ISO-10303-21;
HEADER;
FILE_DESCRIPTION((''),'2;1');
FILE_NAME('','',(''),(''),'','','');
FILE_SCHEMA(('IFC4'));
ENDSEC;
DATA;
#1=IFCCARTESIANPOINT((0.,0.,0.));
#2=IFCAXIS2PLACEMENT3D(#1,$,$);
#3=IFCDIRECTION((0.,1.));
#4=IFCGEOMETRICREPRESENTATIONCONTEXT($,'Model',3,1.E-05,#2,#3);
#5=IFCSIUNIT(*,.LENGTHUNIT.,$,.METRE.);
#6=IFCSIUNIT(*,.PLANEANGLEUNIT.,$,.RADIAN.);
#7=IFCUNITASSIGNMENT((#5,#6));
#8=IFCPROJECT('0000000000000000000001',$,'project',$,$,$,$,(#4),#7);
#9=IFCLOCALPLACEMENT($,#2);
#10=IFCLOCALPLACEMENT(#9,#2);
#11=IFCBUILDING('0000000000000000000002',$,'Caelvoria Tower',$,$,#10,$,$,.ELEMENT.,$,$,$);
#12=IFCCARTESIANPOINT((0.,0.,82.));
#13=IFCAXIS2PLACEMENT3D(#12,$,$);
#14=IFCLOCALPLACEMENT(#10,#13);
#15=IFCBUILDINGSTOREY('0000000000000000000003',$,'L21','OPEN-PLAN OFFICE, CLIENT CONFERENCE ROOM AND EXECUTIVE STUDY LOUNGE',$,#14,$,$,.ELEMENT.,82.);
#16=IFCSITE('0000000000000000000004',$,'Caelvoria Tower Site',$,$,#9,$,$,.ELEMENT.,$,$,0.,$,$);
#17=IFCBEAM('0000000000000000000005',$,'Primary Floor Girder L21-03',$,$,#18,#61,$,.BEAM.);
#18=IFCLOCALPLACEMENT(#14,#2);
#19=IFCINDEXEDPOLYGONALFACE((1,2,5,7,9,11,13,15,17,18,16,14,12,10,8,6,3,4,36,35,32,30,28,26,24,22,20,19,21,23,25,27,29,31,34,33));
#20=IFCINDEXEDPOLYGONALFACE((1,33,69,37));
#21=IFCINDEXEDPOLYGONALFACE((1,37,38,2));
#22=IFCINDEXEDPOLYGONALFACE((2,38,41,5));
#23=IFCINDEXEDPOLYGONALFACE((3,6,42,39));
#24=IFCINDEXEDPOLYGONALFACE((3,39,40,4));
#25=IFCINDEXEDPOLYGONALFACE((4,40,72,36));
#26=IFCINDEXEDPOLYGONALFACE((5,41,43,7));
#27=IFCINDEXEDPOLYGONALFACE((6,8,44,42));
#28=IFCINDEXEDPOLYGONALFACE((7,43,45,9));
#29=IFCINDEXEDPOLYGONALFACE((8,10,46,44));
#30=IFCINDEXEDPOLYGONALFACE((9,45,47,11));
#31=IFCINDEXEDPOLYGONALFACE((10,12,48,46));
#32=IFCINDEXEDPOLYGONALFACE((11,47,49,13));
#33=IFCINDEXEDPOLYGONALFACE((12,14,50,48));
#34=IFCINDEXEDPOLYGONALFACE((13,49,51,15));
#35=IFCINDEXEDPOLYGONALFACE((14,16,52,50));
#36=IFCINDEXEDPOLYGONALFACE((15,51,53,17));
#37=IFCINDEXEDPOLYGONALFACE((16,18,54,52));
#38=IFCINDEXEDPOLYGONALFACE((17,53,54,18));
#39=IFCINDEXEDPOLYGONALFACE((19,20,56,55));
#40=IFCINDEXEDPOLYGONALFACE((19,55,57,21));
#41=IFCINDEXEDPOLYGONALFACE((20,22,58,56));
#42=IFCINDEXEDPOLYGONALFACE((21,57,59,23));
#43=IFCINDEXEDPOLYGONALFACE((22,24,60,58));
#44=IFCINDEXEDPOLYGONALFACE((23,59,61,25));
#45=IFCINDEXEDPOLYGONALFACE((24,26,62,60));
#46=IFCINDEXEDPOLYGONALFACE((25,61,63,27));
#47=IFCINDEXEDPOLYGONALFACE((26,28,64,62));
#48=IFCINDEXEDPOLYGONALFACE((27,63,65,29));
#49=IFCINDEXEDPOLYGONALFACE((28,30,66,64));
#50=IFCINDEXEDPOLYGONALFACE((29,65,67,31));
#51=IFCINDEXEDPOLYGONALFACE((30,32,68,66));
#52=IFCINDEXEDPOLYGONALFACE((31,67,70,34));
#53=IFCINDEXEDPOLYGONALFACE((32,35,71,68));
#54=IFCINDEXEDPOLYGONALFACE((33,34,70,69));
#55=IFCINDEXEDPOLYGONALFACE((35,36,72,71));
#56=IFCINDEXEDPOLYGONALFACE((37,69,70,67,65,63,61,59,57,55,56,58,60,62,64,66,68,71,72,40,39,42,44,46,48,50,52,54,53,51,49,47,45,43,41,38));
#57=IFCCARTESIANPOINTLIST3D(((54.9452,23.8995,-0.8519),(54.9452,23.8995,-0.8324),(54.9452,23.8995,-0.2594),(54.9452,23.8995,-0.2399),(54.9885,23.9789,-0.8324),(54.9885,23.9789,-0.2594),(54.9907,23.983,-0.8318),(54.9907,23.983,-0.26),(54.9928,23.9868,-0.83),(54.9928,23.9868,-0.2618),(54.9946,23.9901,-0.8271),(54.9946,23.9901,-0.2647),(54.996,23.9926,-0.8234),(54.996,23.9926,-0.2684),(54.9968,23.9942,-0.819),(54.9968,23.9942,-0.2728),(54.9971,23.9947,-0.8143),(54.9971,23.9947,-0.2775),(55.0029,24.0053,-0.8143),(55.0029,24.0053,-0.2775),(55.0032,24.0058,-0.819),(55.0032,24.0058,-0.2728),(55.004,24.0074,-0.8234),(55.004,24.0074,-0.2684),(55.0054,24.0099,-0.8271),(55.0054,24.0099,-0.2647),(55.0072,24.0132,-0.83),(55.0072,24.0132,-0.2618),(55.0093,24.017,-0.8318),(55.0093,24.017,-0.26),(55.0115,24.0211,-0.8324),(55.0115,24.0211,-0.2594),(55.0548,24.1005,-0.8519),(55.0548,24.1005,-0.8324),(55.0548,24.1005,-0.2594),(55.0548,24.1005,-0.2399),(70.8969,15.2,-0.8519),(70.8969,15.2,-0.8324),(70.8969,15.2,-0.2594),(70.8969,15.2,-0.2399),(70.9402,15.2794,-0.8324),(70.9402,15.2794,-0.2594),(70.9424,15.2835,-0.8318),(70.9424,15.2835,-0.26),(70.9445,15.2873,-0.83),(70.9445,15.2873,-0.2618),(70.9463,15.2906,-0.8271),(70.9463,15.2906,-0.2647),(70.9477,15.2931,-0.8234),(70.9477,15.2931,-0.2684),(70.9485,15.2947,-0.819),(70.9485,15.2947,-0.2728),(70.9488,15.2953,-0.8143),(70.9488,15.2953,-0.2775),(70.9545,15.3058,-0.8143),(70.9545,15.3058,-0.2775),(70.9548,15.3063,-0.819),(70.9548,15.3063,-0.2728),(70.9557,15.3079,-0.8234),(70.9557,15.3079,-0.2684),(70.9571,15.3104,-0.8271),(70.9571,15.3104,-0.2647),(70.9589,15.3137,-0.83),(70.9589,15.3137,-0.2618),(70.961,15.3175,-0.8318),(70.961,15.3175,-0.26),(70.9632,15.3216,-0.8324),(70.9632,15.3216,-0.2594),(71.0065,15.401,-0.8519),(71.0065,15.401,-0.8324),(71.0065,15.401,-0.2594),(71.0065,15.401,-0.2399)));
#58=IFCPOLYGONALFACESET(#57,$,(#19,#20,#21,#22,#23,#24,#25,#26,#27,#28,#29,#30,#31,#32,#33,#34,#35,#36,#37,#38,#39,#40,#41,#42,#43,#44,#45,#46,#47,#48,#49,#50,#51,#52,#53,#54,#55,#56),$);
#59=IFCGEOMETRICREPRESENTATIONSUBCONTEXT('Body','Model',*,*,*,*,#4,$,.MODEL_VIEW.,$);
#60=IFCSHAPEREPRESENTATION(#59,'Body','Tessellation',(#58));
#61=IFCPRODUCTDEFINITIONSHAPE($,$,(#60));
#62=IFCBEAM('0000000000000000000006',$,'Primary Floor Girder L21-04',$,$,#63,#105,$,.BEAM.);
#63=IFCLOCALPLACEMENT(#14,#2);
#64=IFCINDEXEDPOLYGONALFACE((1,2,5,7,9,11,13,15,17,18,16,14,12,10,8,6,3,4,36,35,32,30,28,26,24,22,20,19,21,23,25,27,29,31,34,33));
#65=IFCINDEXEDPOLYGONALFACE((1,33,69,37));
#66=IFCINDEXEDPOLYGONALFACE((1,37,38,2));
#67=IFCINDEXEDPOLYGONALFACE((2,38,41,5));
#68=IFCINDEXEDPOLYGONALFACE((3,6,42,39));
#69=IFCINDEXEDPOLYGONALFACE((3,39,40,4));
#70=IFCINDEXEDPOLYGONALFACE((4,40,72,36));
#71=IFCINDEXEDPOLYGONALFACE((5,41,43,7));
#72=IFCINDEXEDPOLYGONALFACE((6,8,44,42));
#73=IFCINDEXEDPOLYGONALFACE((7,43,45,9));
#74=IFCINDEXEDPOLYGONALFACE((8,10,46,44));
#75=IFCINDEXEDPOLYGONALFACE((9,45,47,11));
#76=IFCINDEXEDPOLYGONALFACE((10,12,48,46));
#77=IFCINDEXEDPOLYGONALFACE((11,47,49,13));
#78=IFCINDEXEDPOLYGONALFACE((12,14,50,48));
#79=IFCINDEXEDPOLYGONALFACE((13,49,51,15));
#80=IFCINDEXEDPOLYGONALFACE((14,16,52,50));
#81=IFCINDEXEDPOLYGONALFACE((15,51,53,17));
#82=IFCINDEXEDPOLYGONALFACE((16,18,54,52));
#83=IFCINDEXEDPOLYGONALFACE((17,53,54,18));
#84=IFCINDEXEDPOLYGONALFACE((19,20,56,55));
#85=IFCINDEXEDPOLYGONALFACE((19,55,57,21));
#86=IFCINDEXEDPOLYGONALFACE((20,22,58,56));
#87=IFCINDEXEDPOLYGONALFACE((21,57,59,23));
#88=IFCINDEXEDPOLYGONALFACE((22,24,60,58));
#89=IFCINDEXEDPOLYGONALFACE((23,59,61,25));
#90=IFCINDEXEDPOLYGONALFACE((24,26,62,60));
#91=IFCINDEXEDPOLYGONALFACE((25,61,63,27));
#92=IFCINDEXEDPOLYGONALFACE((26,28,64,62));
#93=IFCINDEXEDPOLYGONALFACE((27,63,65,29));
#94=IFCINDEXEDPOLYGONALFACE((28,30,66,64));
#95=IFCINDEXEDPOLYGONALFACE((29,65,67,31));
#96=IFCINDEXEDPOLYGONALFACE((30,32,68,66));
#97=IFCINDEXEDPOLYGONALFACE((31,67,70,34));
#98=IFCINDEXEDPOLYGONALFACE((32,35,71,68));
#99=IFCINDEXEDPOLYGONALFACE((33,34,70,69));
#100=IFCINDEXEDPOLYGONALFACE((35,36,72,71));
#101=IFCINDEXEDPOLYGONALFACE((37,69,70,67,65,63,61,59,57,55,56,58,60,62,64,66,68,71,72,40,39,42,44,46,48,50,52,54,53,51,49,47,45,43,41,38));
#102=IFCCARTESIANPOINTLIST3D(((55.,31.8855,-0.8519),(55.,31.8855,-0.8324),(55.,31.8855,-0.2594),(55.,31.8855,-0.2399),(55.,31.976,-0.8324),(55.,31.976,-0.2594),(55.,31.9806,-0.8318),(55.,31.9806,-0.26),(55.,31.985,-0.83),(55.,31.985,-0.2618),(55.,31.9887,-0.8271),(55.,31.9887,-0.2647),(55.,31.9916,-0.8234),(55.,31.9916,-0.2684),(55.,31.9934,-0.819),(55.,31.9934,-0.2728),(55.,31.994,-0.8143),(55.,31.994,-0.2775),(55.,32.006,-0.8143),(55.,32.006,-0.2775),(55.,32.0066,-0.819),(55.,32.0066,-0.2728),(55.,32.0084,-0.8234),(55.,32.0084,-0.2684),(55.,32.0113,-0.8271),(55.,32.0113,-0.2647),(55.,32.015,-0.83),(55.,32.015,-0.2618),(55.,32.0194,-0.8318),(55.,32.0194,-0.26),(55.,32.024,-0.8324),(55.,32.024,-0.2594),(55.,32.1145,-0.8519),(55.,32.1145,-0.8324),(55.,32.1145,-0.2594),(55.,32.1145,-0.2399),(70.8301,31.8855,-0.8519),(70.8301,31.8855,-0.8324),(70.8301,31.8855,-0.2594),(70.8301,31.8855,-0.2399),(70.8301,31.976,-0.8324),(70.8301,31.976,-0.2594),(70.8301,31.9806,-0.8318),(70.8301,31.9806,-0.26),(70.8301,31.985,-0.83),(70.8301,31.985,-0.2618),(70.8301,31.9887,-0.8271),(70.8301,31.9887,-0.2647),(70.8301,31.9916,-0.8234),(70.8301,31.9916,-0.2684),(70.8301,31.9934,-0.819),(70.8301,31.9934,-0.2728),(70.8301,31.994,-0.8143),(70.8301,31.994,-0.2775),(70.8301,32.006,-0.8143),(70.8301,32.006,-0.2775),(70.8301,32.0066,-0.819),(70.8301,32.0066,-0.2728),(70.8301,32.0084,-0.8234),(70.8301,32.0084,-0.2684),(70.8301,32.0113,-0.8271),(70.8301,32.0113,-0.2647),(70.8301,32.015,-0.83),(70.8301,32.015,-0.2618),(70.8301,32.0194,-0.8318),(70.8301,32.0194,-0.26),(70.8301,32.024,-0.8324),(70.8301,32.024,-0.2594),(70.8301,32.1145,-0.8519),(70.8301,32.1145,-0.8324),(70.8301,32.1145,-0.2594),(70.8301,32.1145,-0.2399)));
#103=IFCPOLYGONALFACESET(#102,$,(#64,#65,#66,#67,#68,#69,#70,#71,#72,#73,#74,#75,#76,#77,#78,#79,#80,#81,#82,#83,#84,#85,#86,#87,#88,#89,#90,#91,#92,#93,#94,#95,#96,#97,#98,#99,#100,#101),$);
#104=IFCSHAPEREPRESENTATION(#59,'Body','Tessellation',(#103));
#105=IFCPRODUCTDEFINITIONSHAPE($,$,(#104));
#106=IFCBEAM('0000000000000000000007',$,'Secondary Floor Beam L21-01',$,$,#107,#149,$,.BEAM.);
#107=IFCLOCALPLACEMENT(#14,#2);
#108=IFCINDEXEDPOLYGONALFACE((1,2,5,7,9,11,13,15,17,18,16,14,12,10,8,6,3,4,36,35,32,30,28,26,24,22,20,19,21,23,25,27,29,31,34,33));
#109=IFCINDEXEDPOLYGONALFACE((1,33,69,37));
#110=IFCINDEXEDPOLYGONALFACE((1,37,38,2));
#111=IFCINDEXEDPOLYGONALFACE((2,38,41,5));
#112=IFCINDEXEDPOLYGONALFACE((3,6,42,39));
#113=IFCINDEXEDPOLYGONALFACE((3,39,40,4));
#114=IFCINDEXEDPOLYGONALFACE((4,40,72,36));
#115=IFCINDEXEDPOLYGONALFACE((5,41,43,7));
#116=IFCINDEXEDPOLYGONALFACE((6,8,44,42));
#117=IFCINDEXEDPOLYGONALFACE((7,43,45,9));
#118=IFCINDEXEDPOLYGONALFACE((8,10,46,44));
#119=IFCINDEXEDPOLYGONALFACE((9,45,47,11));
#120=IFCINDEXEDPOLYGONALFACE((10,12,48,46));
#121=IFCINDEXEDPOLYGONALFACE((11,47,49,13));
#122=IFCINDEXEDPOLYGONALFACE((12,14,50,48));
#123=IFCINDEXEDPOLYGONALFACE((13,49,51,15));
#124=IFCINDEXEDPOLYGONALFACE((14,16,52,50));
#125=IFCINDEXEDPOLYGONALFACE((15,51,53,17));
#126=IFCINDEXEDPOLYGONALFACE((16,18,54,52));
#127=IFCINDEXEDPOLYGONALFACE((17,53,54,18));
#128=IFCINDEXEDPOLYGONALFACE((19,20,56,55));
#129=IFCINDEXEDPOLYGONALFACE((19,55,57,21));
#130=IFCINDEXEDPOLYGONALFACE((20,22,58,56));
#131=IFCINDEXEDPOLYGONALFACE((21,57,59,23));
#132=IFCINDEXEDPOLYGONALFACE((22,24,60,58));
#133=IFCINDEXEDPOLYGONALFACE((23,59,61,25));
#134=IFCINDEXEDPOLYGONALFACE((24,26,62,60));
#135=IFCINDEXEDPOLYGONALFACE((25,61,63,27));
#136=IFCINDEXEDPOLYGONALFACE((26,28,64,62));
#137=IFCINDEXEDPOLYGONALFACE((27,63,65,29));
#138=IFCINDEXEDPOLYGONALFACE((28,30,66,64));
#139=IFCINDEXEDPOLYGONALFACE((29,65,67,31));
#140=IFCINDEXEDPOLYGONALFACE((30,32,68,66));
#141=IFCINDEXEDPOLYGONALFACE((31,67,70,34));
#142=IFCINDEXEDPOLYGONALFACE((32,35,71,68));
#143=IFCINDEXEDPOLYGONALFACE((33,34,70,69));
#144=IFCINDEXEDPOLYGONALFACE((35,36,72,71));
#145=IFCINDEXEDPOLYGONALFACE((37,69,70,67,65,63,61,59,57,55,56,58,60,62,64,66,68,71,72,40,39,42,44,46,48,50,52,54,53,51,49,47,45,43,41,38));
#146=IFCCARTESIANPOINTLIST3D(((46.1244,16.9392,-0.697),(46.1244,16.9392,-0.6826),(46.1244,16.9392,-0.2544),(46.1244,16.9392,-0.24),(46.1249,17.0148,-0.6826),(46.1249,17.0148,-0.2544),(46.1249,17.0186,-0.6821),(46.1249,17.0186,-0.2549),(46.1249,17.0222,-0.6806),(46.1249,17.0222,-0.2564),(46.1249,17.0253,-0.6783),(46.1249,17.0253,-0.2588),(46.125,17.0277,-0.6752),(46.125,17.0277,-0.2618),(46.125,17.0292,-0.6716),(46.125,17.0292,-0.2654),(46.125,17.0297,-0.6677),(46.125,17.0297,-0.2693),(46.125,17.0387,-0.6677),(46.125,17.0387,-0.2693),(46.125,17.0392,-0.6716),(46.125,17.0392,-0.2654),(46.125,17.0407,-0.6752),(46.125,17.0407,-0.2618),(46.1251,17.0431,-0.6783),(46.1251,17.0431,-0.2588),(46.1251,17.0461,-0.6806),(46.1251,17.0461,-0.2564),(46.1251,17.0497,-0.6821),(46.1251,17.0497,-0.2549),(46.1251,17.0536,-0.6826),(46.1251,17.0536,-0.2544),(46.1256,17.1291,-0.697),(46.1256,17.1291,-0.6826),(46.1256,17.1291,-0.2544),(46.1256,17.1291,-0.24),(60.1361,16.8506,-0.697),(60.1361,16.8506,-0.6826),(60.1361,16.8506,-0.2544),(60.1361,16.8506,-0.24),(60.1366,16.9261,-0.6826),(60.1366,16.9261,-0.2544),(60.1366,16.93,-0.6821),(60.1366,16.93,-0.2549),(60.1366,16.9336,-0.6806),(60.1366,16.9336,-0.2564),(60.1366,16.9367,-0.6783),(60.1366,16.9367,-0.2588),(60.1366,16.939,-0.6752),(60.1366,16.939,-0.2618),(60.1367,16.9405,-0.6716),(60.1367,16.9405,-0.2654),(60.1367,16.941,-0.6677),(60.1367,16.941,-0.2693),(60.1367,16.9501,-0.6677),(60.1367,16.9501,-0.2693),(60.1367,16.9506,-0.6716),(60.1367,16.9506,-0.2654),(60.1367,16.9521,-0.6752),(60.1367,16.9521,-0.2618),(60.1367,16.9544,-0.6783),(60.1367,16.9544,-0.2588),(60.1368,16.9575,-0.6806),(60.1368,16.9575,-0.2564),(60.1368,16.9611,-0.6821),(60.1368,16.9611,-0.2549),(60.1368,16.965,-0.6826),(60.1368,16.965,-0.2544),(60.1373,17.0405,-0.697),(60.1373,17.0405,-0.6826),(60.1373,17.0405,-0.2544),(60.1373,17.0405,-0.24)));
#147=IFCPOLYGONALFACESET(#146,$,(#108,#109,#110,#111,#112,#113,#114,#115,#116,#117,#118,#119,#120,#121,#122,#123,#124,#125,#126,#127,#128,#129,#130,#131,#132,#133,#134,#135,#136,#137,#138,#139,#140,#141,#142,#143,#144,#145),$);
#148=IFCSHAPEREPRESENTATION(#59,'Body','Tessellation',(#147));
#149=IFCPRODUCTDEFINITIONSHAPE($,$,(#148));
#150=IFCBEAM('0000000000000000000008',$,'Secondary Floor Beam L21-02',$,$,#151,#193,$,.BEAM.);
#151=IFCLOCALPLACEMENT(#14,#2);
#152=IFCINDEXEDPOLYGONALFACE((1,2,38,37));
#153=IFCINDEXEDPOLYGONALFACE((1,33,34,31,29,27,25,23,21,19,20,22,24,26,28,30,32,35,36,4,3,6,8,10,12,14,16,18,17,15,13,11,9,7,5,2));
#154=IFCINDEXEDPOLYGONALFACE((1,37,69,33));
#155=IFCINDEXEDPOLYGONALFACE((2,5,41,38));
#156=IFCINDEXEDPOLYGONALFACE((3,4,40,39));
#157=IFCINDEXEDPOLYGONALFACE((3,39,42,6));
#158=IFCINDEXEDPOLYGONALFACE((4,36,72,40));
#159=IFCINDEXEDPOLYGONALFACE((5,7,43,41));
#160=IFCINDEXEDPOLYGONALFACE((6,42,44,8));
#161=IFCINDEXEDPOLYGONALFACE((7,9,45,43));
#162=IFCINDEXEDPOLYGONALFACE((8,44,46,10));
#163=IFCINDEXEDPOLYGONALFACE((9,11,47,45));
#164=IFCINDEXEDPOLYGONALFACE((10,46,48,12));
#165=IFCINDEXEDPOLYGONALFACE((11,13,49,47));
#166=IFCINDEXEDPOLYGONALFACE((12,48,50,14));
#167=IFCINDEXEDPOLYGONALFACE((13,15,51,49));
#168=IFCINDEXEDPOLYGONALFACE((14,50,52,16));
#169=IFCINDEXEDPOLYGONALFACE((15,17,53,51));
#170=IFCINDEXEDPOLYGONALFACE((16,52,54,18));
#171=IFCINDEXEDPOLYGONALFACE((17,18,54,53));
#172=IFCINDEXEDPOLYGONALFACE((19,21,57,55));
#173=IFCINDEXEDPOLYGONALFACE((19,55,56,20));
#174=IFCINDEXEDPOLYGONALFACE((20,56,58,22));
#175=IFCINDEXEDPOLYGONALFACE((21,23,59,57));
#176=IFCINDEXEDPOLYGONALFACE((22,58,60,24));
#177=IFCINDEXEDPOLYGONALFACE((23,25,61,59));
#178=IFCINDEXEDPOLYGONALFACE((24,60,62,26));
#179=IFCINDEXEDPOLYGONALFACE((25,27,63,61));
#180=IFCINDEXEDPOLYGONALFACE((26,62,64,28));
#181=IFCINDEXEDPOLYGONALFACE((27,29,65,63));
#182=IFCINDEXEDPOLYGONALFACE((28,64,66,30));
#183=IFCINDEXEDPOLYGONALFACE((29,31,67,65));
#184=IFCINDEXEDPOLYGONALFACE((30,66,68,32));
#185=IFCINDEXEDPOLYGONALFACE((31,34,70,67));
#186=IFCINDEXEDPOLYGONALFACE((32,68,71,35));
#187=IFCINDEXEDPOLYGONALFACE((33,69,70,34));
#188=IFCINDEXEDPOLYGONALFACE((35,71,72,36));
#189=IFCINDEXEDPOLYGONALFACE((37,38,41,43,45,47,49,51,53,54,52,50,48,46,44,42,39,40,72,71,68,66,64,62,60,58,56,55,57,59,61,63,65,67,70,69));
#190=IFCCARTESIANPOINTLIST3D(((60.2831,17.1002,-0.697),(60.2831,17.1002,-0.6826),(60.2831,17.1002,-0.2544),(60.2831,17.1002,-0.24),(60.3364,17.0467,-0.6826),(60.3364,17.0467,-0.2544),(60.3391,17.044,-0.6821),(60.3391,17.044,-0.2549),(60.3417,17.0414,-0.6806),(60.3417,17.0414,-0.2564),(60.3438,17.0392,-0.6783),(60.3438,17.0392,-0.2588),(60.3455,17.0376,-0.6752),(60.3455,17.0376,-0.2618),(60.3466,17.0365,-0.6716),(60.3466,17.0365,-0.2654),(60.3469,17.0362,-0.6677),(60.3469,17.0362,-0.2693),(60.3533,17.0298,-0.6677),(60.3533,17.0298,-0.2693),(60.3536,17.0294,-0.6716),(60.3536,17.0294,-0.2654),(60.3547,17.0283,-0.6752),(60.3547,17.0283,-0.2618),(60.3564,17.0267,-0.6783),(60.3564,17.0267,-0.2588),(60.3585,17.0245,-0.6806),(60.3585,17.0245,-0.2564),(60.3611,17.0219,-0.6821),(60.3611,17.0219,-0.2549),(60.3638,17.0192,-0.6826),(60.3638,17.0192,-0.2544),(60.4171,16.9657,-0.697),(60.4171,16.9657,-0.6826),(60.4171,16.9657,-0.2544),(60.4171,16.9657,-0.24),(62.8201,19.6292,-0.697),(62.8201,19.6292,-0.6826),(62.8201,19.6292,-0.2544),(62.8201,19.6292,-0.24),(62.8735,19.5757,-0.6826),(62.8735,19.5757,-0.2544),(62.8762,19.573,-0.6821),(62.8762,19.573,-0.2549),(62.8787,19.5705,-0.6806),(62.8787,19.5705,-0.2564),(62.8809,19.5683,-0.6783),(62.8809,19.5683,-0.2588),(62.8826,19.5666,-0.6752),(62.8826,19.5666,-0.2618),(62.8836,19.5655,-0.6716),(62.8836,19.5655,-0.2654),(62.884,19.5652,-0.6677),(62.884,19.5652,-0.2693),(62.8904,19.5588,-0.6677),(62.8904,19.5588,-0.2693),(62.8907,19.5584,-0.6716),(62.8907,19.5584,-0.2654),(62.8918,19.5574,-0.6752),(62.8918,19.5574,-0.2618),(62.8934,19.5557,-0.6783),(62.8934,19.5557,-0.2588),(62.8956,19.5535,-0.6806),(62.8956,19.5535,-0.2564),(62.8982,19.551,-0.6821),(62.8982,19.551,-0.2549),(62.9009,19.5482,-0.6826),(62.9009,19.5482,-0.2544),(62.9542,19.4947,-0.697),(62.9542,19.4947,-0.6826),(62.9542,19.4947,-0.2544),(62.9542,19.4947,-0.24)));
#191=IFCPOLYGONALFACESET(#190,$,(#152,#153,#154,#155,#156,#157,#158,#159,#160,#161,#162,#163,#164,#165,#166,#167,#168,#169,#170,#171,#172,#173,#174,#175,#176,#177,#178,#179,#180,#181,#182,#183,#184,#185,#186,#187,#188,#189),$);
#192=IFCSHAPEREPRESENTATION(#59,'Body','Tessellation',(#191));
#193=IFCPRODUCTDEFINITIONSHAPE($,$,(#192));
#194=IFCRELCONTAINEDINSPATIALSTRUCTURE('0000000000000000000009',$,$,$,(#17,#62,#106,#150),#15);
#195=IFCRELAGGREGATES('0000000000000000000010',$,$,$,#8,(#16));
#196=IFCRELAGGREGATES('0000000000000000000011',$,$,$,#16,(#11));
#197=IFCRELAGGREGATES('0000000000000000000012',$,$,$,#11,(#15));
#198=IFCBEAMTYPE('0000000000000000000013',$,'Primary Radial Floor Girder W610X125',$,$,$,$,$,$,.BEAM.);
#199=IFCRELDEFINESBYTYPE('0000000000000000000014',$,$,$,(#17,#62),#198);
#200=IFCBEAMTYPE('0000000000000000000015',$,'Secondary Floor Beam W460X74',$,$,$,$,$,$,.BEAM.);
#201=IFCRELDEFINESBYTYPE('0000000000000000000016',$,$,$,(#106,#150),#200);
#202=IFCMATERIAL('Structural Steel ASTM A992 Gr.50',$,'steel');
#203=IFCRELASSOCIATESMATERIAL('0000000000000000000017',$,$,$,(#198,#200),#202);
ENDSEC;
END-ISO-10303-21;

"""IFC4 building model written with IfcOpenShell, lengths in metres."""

from ifc_helpers import new_model, si_unit, direction, frame, origin, origin_2d, place, context, subcontext, project, spatial, i_section, extrude, material, material_profile, profile_set, type_object, element, save


model = new_model("IFC4")

# Units and contexts
model_context = context("Model", 3, precision=1e-05, world=origin(), true_north=direction((0.0, 1.0)))
body_context = subcontext(model_context, "Body", "Model", "MODEL_VIEW")
ifc_project = project(units=[si_unit("LENGTHUNIT", "METRE"), si_unit("PLANEANGLEUNIT", "RADIAN")], contexts=[model_context])

# Site, building, storey
site_placement = place(None, origin())
site = spatial("IfcSite", under=ifc_project, at=site_placement, Name="Caelvoria Tower Site", CompositionType="ELEMENT", RefElevation=0.0)
building_placement = place(site_placement, origin())
building = spatial("IfcBuilding", under=site, at=building_placement, Name="Caelvoria Tower", CompositionType="ELEMENT")
storey_placement = place(building_placement, frame((0.0, 0.0, 82.0)))
storey = spatial("IfcBuildingStorey", under=building, at=storey_placement, Name="L21", Description="OPEN-PLAN OFFICE, CLIENT CONFERENCE ROOM AND EXECUTIVE STUDY LOUNGE", CompositionType="ELEMENT", Elevation=82.0)

# Beams
ifc_material_1 = material(Name="Structural Steel ASTM A992 Gr.50", Category="steel")
ifc_material_profile_1 = material_profile(ifc_material_1, i_section(OverallWidth=0.229, OverallDepth=0.6121, WebThickness=0.012, FlangeThickness=0.0195, FilletRadius=0.0181, at=origin_2d()), Name="Structural Steel ASTM A992 Gr.50")
ifc_profile_set_1 = profile_set([ifc_material_profile_1], Name="W610X125 - Structural Steel ASTM A992 Gr.50")
beam_type_1 = type_object("IfcBeamType", Name="Primary Radial Floor Girder W610X125", PredefinedType="BEAM", material=ifc_profile_set_1)
beam_1_placement = place(storey_placement, frame((55.0, 24.0, -0.5459), z_axis=(0.877929, -0.478791, 0.0), x_axis=(0.478791, 0.877929, 0.0)))
element("IfcBeam", 1, at=beam_1_placement, inside=storey, type_object=beam_type_1, Name="Primary Floor Girder L21-03", PredefinedType="BEAM", context=body_context, shape_type="SweptSolid", body=[
    extrude(i_section(OverallWidth=0.229, OverallDepth=0.6121, WebThickness=0.012, FlangeThickness=0.0195, FilletRadius=0.0181, at=origin_2d()), origin(), (0.0, 0.0, 1.0), 18.1697),
])
beam_2_placement = place(storey_placement, frame((55.0, 32.0, -0.5459), z_axis=(1.0, 0.0, 0.0), x_axis=(0.0, 1.0, 0.0)))
element("IfcBeam", 2, at=beam_2_placement, inside=storey, type_object=beam_type_1, Name="Primary Floor Girder L21-04", PredefinedType="BEAM", context=body_context, shape_type="SweptSolid", body=[
    extrude(i_section(OverallWidth=0.229, OverallDepth=0.6121, WebThickness=0.012, FlangeThickness=0.0195, FilletRadius=0.0181, at=origin_2d()), origin(), (0.0, 0.0, 1.0), 15.8301),
])
ifc_material_profile_2 = material_profile(ifc_material_1, i_section(OverallWidth=0.1899, OverallDepth=0.457, WebThickness=0.009, FlangeThickness=0.0144, FilletRadius=0.0149, at=origin_2d()), Name="Structural Steel ASTM A992 Gr.50")
ifc_profile_set_2 = profile_set([ifc_material_profile_2], Name="W460X74 - Structural Steel ASTM A992 Gr.50")
beam_type_2 = type_object("IfcBeamType", Name="Secondary Floor Beam W460X74", PredefinedType="BEAM", material=ifc_profile_set_2)
beam_3_placement = place(storey_placement, frame((46.125, 17.0342, -0.4685), z_axis=(0.99998, -0.006325, 0.0), x_axis=(0.006325, 0.99998, 0.0)))
element("IfcBeam", 3, at=beam_3_placement, inside=storey, type_object=beam_type_2, Name="Secondary Floor Beam L21-01", PredefinedType="BEAM", context=body_context, shape_type="SweptSolid", body=[
    extrude(i_section(OverallWidth=0.1899, OverallDepth=0.457, WebThickness=0.009, FlangeThickness=0.0144, FilletRadius=0.0149, at=origin_2d()), origin(), (0.0, 0.0, 1.0), 14.012),
])
beam_4_placement = place(storey_placement, frame((60.3501, 17.033, -0.4685), z_axis=(0.70823, 0.705981, 0.0), x_axis=(-0.705981, 0.70823, 0.0)))
element("IfcBeam", 4, at=beam_4_placement, inside=storey, type_object=beam_type_2, Name="Secondary Floor Beam L21-02", PredefinedType="BEAM", context=body_context, shape_type="SweptSolid", body=[
    extrude(i_section(OverallWidth=0.1899, OverallDepth=0.457, WebThickness=0.009, FlangeThickness=0.0144, FilletRadius=0.0149, at=origin_2d()), origin(), (0.0, 0.0, 1.0), 3.5823),
])

save(model, "model.ifc")
